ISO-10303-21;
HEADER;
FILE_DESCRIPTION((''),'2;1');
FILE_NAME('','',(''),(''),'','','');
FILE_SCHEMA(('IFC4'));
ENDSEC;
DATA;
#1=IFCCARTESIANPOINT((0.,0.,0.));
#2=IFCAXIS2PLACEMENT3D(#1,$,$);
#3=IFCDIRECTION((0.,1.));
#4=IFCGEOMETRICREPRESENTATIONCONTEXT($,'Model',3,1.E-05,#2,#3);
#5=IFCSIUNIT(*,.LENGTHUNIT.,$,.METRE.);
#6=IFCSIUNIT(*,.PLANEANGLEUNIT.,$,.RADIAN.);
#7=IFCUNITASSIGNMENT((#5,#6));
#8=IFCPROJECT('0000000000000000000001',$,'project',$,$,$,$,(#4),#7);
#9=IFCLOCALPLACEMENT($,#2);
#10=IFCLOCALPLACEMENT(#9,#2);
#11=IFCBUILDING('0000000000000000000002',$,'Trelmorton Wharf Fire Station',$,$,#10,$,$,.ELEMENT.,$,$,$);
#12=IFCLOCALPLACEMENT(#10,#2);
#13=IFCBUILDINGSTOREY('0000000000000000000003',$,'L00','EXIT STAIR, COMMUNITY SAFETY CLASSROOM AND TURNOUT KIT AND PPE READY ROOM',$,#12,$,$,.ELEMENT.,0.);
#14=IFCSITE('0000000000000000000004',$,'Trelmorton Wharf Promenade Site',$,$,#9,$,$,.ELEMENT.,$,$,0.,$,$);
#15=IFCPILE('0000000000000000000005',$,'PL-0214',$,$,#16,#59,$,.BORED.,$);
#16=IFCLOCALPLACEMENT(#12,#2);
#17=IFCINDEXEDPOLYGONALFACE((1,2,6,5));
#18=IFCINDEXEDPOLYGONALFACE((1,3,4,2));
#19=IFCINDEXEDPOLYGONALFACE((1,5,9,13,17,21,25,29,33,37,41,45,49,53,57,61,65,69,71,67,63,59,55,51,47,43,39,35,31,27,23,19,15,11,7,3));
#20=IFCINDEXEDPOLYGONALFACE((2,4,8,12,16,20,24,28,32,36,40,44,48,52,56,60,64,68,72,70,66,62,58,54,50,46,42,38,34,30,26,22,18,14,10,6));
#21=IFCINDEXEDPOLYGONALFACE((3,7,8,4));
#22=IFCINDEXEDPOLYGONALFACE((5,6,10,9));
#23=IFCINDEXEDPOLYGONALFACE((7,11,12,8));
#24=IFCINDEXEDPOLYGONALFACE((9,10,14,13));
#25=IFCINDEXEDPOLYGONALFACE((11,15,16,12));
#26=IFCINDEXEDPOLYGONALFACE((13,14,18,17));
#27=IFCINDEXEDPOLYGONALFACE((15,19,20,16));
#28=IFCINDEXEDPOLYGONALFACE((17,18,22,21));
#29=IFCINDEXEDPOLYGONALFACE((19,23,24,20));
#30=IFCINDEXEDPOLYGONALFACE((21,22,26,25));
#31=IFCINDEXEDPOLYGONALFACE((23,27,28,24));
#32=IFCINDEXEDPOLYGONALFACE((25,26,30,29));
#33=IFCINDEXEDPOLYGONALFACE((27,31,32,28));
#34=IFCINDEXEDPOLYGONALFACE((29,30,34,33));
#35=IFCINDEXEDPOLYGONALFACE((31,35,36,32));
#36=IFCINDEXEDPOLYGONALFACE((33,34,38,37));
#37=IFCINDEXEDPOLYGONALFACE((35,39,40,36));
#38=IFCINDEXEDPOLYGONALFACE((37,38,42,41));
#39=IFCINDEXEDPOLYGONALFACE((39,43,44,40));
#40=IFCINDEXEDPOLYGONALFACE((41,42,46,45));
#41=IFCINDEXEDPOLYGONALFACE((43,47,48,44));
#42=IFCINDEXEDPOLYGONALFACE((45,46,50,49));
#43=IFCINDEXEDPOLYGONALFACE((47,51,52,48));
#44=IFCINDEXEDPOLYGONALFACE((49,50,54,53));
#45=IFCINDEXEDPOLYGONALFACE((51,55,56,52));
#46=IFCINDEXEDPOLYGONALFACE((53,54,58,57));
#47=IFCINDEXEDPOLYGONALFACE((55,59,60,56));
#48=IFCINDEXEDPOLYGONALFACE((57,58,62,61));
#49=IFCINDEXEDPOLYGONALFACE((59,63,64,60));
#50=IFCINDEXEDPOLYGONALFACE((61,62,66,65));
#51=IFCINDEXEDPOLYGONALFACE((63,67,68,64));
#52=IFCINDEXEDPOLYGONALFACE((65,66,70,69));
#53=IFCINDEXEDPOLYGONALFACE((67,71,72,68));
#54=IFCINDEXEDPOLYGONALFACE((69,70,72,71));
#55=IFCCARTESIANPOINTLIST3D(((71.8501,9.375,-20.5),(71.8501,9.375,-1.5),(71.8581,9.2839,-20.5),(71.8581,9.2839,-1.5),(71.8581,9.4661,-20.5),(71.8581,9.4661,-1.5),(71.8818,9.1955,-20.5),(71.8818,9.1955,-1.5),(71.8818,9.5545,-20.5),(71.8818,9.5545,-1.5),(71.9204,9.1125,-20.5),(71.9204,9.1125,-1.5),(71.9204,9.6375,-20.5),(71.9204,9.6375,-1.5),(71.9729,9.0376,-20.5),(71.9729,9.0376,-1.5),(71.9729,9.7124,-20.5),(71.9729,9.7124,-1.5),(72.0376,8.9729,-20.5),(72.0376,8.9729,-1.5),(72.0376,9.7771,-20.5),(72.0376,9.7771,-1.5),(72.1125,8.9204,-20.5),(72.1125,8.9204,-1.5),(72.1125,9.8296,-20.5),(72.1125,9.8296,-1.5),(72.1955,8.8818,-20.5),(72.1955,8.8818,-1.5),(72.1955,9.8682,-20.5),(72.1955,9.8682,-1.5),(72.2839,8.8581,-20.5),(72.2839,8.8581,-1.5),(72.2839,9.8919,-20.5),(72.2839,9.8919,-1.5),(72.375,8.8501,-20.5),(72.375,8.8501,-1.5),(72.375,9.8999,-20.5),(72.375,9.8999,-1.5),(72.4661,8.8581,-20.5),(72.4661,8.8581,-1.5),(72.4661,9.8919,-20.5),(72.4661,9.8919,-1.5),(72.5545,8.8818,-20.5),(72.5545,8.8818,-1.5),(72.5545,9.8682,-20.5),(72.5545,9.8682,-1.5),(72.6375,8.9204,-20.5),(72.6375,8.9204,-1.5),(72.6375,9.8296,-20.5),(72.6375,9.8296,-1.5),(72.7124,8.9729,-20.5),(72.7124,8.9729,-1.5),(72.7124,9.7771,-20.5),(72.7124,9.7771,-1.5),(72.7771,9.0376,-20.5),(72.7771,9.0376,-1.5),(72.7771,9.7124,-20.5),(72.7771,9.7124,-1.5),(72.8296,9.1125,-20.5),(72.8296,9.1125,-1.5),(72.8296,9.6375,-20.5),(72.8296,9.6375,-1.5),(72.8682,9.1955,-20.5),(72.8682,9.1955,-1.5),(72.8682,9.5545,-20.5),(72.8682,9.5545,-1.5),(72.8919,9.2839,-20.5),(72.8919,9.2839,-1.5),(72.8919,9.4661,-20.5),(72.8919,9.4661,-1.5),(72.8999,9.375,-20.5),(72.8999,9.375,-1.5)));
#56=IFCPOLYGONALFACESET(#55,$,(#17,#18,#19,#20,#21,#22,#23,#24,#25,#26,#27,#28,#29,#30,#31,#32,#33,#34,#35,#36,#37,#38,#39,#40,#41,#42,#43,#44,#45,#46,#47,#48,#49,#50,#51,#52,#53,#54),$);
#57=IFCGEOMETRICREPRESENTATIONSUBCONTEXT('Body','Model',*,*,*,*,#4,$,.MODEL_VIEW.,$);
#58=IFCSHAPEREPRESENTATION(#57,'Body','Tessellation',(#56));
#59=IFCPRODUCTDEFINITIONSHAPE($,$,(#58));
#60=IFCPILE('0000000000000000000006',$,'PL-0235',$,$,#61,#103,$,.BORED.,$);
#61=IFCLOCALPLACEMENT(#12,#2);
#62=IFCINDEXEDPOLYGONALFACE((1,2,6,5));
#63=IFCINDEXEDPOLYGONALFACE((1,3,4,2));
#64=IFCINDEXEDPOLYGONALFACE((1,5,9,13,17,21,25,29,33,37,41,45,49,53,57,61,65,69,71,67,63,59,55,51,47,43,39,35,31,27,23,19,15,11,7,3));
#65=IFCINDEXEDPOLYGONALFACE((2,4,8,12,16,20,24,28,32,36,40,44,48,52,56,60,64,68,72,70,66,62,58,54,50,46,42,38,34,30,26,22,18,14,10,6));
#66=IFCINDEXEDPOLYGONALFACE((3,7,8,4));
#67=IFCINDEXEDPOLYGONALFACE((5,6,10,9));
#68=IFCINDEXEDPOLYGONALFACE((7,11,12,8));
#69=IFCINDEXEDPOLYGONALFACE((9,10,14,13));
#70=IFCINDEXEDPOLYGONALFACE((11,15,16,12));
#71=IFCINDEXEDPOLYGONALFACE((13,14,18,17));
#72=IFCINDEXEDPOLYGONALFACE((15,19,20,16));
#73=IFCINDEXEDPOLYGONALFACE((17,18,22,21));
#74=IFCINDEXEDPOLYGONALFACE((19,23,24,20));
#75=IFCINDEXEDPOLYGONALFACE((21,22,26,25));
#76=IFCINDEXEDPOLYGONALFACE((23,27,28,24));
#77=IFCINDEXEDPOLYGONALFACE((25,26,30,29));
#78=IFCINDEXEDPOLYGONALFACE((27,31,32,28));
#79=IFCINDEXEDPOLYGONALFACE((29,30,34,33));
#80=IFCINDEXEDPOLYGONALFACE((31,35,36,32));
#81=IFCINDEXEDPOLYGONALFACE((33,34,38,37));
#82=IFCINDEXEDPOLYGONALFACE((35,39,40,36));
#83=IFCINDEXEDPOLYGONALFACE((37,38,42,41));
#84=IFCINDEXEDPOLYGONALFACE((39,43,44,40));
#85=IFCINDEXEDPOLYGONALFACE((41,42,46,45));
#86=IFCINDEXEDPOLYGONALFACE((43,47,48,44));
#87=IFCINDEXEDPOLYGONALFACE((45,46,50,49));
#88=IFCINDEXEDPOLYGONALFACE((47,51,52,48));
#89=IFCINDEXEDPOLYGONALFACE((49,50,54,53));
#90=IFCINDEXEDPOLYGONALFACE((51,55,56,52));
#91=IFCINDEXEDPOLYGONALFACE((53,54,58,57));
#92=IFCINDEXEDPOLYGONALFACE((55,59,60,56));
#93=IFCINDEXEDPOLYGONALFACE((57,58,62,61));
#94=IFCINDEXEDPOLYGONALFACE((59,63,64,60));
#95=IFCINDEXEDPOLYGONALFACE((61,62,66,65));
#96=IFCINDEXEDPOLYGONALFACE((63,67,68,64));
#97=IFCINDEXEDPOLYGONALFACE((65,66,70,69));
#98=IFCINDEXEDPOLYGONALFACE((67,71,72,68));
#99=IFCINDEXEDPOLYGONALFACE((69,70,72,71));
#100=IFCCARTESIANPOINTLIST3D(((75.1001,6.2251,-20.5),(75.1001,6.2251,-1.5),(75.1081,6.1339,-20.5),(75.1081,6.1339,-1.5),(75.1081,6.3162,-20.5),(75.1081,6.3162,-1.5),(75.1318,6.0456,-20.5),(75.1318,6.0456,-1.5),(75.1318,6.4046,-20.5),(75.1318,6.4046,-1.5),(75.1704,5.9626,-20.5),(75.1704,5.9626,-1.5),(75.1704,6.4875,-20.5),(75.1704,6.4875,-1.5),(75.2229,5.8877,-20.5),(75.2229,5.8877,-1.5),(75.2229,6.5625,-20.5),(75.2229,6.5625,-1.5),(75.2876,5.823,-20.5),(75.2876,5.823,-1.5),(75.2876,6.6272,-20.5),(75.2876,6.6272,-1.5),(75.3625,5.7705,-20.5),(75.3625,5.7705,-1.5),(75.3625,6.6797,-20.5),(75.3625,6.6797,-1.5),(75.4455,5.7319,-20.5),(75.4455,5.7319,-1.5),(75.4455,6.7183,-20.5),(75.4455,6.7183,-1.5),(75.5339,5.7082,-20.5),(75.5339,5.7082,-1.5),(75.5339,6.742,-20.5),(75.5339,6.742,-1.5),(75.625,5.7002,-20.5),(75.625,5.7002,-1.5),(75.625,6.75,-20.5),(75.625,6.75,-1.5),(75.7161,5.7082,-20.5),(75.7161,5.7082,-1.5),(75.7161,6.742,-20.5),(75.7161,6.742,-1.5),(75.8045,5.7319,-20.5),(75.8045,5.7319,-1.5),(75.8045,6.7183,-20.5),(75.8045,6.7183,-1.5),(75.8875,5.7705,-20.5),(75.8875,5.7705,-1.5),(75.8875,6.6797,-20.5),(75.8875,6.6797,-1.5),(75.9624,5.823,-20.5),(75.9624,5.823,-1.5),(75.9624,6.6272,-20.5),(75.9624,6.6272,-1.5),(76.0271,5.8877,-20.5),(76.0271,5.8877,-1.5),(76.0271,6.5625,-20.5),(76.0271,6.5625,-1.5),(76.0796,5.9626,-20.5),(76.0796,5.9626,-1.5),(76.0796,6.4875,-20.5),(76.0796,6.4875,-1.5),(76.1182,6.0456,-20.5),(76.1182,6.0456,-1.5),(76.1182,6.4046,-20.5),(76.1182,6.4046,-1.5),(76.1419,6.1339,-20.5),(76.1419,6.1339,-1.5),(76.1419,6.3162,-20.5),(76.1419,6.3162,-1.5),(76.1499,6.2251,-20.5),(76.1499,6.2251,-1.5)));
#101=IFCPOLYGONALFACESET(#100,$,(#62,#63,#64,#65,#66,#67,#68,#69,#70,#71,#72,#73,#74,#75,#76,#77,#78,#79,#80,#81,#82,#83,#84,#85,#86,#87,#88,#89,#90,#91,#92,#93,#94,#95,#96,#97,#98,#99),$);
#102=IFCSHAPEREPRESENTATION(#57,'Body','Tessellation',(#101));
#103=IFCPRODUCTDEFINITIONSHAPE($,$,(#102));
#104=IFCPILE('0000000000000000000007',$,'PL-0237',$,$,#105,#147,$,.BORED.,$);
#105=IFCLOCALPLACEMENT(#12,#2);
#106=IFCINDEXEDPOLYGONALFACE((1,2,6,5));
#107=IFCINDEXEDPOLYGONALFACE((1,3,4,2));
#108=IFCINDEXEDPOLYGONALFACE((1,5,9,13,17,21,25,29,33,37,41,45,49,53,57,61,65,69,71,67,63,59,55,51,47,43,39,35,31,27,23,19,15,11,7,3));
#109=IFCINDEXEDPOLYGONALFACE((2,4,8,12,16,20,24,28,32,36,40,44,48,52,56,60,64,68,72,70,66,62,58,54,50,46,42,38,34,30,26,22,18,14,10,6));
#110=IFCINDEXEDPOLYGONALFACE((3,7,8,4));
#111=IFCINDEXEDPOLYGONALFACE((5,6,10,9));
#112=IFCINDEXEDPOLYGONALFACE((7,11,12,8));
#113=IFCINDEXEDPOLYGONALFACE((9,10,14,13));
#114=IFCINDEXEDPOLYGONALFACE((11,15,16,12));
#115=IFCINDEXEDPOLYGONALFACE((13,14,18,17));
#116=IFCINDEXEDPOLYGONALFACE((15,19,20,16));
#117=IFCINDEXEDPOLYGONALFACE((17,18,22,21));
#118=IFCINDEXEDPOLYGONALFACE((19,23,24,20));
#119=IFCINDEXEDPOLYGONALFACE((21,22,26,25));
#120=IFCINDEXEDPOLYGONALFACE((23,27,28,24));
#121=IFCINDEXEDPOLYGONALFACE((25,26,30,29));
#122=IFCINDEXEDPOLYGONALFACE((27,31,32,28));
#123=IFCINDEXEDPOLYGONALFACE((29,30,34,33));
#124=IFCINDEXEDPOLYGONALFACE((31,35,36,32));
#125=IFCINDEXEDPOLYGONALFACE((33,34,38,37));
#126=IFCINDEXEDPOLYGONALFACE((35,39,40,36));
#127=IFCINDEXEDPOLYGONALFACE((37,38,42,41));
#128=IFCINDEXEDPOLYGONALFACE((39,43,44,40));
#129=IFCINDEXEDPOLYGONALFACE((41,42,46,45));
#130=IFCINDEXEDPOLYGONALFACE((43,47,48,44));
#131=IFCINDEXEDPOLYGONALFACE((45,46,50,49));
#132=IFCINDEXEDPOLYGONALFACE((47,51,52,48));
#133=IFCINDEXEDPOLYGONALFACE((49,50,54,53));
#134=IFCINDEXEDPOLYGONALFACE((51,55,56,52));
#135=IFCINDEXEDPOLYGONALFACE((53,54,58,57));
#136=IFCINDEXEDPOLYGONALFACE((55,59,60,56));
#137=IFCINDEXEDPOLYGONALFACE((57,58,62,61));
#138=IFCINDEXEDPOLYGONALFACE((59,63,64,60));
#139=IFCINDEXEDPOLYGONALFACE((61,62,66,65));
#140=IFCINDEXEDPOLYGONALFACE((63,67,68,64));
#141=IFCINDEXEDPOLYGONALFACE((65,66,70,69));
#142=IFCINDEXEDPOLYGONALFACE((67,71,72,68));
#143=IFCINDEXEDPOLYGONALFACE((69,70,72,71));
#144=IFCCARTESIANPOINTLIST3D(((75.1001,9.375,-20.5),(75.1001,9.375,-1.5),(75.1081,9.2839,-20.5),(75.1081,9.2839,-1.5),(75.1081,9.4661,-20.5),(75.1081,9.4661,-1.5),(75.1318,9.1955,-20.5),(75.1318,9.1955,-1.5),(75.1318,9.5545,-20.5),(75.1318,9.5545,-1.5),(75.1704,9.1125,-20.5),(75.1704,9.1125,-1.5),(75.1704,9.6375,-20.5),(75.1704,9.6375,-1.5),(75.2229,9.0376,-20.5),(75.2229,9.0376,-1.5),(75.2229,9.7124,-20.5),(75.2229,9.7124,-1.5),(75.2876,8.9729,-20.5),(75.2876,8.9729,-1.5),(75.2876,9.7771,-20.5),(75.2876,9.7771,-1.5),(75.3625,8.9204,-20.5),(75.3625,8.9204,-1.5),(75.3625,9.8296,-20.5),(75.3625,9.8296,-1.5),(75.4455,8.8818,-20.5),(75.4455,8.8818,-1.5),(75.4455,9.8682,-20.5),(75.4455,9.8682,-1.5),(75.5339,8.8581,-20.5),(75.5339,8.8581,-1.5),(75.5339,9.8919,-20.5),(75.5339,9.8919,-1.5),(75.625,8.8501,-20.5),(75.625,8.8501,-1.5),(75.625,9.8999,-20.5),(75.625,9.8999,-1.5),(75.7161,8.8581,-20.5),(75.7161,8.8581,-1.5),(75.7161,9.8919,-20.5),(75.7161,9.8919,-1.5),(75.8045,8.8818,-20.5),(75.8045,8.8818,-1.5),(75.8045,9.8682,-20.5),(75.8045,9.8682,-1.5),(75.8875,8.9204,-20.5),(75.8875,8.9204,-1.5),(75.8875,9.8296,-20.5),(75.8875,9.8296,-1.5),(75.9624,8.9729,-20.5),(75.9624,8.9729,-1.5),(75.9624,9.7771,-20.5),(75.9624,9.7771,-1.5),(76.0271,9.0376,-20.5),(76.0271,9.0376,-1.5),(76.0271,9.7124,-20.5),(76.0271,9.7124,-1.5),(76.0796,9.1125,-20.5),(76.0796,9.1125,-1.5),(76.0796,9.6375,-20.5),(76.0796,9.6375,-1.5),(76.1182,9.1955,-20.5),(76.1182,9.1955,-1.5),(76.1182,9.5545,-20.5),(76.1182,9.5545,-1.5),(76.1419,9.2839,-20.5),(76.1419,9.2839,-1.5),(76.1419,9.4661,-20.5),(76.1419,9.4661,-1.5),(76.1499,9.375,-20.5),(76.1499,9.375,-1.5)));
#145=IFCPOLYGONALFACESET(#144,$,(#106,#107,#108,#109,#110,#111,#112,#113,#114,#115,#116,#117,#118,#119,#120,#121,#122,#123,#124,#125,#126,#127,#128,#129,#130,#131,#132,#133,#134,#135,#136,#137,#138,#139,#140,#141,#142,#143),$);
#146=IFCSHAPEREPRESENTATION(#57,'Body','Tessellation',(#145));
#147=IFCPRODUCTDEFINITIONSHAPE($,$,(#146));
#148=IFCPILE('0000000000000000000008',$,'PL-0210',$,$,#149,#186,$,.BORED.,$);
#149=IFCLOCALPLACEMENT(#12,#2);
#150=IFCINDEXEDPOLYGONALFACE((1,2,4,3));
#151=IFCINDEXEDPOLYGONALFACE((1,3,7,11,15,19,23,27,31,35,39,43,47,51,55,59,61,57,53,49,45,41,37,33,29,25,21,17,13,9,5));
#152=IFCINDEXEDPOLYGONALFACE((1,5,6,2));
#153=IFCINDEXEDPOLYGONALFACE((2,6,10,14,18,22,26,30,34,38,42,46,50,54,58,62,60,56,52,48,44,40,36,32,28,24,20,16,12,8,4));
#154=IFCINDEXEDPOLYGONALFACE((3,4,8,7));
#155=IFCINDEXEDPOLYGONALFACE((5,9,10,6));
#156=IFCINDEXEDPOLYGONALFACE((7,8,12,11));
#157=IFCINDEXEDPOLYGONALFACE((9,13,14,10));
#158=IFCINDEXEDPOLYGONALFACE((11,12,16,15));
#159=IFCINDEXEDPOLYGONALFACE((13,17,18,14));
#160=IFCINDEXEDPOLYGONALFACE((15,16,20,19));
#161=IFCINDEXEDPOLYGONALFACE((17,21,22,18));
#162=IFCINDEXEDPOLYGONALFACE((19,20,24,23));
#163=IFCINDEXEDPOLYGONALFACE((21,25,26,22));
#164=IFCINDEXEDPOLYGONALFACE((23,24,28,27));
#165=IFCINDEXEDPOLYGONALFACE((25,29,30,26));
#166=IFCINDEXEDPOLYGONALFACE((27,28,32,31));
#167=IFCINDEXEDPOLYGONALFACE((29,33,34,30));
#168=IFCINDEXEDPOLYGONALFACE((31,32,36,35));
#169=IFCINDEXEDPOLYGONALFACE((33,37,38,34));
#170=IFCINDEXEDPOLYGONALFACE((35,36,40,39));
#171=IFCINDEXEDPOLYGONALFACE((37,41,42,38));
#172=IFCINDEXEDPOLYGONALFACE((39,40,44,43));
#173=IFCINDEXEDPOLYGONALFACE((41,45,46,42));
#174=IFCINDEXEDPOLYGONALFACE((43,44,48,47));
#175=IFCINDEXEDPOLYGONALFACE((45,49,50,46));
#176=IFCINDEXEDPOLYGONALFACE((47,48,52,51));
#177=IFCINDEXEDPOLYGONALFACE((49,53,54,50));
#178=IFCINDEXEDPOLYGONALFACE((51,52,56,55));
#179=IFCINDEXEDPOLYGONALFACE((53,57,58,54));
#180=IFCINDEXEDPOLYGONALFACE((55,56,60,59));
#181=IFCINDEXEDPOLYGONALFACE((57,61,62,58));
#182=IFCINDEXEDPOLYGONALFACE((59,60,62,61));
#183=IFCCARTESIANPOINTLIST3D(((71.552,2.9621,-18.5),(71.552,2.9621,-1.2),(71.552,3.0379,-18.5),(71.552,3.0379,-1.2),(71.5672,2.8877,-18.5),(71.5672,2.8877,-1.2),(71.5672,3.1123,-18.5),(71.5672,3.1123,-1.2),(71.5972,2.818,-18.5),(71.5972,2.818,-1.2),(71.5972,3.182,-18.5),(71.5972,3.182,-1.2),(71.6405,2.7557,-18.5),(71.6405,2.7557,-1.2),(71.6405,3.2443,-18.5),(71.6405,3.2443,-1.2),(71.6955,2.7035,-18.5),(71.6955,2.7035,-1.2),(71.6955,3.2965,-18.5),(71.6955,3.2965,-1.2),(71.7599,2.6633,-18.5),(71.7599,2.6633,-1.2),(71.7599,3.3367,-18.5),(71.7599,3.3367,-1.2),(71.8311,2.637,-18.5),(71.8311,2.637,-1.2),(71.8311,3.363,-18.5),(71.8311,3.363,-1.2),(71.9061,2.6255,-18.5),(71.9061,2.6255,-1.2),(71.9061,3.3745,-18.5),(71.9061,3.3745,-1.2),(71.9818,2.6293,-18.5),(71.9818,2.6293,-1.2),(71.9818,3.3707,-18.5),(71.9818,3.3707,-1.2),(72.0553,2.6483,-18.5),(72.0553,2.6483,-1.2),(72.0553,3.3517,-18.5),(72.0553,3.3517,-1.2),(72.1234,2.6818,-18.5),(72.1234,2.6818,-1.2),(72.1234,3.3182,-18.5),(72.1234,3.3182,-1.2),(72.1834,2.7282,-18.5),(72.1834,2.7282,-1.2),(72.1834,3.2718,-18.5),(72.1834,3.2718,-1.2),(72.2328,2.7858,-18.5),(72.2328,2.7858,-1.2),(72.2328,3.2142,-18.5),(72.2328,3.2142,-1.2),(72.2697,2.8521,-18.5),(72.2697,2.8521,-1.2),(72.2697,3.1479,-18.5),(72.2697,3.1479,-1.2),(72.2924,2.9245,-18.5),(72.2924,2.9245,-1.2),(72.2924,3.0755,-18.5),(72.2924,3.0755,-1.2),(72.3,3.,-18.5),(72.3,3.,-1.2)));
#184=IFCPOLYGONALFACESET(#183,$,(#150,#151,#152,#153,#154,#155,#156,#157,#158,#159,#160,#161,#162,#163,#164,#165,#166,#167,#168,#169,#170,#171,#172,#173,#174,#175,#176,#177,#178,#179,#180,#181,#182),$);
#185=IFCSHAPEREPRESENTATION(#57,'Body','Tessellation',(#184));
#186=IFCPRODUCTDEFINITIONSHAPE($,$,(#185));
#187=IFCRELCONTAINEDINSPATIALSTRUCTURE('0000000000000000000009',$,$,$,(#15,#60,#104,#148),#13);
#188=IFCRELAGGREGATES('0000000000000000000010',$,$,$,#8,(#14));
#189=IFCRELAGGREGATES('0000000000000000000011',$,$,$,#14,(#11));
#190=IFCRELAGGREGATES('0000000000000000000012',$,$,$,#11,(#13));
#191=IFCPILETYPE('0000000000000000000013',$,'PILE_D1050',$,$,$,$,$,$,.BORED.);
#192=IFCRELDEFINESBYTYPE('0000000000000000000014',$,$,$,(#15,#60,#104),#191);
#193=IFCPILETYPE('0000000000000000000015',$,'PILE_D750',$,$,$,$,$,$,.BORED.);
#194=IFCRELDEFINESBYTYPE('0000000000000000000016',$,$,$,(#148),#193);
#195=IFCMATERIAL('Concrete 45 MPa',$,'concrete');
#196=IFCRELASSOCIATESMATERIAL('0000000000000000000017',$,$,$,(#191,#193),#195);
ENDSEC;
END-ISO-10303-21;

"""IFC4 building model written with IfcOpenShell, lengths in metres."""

from ifc_helpers import new_model, si_unit, direction, frame, origin, origin_2d, place, context, subcontext, project, spatial, circle, extrude, material, material_profile, profile_set, type_object, element, save


model = new_model("IFC4")

# Units and contexts
model_context = context("Model", 3, precision=1e-05, world=origin(), true_north=direction((0.0, 1.0)))
body_context = subcontext(model_context, "Body", "Model", "MODEL_VIEW")
ifc_project = project(units=[si_unit("LENGTHUNIT", "METRE"), si_unit("PLANEANGLEUNIT", "RADIAN")], contexts=[model_context])

# Site, building, storey
site_placement = place(None, origin())
site = spatial("IfcSite", under=ifc_project, at=site_placement, Name="Trelmorton Wharf Promenade Site", CompositionType="ELEMENT", RefElevation=0.0)
building_placement = place(site_placement, origin())
building = spatial("IfcBuilding", under=site, at=building_placement, Name="Trelmorton Wharf Fire Station", CompositionType="ELEMENT")
storey_placement = place(building_placement, origin())
storey = spatial("IfcBuildingStorey", under=building, at=storey_placement, Name="L00", Description="EXIT STAIR, COMMUNITY SAFETY CLASSROOM AND TURNOUT KIT AND PPE READY ROOM", CompositionType="ELEMENT", Elevation=0.0)

# Piles
ifc_material_1 = material(Name="Concrete 45 MPa", Category="concrete")
ifc_material_profile_1 = material_profile(ifc_material_1, circle(Radius=0.5249, at=origin_2d()), Name="PILE-D1050")
ifc_profile_set_1 = profile_set([ifc_material_profile_1], Name="Concrete 45 MPa")
pile_type_1 = type_object("IfcPileType", Name="PILE_D1050", PredefinedType="BORED", material=ifc_profile_set_1)
for number, where, z_axis, x_axis, name in (
    (1, (72.375, 9.375, -1.5), (0.0, 0.0, -1.0), (1.0, 0.0, 0.0), "PL-0214"),
    (2, (75.625, 6.2251, -1.5), (0.0, 0.0, -1.0), (1.0, 0.0, 0.0), "PL-0235"),
    (3, (75.625, 9.375, -1.5), (0.0, 0.0, -1.0), (1.0, 0.0, 0.0), "PL-0237"),
):
    element("IfcPile", number, at=place(storey_placement, frame(where, z_axis=z_axis, x_axis=x_axis)), inside=storey, type_object=pile_type_1, Name=name, PredefinedType="BORED", context=body_context, shape_type="SweptSolid", body=[
        extrude(circle(Radius=0.5249, at=origin_2d()), origin(), (0.0, 0.0, 1.0), 19.0),
    ])
ifc_material_profile_2 = material_profile(ifc_material_1, circle(Radius=0.375, at=origin_2d()), Name="PILE-D750")
ifc_profile_set_2 = profile_set([ifc_material_profile_2], Name="Concrete 45 MPa")
pile_type_2 = type_object("IfcPileType", Name="PILE_D750", PredefinedType="BORED", material=ifc_profile_set_2)
for number, where, z_axis, x_axis, name in (
    (4, (71.925, 3.0, -1.2), (0.0, 0.0, -1.0), (1.0, 0.0, 0.0), "PL-0210"),
):
    element("IfcPile", number, at=place(storey_placement, frame(where, z_axis=z_axis, x_axis=x_axis)), inside=storey, type_object=pile_type_2, Name=name, PredefinedType="BORED", context=body_context, shape_type="SweptSolid", body=[
        extrude(circle(Radius=0.375, at=origin_2d()), origin(), (0.0, 0.0, 1.0), 17.3),
    ])

save(model, "model.ifc")
